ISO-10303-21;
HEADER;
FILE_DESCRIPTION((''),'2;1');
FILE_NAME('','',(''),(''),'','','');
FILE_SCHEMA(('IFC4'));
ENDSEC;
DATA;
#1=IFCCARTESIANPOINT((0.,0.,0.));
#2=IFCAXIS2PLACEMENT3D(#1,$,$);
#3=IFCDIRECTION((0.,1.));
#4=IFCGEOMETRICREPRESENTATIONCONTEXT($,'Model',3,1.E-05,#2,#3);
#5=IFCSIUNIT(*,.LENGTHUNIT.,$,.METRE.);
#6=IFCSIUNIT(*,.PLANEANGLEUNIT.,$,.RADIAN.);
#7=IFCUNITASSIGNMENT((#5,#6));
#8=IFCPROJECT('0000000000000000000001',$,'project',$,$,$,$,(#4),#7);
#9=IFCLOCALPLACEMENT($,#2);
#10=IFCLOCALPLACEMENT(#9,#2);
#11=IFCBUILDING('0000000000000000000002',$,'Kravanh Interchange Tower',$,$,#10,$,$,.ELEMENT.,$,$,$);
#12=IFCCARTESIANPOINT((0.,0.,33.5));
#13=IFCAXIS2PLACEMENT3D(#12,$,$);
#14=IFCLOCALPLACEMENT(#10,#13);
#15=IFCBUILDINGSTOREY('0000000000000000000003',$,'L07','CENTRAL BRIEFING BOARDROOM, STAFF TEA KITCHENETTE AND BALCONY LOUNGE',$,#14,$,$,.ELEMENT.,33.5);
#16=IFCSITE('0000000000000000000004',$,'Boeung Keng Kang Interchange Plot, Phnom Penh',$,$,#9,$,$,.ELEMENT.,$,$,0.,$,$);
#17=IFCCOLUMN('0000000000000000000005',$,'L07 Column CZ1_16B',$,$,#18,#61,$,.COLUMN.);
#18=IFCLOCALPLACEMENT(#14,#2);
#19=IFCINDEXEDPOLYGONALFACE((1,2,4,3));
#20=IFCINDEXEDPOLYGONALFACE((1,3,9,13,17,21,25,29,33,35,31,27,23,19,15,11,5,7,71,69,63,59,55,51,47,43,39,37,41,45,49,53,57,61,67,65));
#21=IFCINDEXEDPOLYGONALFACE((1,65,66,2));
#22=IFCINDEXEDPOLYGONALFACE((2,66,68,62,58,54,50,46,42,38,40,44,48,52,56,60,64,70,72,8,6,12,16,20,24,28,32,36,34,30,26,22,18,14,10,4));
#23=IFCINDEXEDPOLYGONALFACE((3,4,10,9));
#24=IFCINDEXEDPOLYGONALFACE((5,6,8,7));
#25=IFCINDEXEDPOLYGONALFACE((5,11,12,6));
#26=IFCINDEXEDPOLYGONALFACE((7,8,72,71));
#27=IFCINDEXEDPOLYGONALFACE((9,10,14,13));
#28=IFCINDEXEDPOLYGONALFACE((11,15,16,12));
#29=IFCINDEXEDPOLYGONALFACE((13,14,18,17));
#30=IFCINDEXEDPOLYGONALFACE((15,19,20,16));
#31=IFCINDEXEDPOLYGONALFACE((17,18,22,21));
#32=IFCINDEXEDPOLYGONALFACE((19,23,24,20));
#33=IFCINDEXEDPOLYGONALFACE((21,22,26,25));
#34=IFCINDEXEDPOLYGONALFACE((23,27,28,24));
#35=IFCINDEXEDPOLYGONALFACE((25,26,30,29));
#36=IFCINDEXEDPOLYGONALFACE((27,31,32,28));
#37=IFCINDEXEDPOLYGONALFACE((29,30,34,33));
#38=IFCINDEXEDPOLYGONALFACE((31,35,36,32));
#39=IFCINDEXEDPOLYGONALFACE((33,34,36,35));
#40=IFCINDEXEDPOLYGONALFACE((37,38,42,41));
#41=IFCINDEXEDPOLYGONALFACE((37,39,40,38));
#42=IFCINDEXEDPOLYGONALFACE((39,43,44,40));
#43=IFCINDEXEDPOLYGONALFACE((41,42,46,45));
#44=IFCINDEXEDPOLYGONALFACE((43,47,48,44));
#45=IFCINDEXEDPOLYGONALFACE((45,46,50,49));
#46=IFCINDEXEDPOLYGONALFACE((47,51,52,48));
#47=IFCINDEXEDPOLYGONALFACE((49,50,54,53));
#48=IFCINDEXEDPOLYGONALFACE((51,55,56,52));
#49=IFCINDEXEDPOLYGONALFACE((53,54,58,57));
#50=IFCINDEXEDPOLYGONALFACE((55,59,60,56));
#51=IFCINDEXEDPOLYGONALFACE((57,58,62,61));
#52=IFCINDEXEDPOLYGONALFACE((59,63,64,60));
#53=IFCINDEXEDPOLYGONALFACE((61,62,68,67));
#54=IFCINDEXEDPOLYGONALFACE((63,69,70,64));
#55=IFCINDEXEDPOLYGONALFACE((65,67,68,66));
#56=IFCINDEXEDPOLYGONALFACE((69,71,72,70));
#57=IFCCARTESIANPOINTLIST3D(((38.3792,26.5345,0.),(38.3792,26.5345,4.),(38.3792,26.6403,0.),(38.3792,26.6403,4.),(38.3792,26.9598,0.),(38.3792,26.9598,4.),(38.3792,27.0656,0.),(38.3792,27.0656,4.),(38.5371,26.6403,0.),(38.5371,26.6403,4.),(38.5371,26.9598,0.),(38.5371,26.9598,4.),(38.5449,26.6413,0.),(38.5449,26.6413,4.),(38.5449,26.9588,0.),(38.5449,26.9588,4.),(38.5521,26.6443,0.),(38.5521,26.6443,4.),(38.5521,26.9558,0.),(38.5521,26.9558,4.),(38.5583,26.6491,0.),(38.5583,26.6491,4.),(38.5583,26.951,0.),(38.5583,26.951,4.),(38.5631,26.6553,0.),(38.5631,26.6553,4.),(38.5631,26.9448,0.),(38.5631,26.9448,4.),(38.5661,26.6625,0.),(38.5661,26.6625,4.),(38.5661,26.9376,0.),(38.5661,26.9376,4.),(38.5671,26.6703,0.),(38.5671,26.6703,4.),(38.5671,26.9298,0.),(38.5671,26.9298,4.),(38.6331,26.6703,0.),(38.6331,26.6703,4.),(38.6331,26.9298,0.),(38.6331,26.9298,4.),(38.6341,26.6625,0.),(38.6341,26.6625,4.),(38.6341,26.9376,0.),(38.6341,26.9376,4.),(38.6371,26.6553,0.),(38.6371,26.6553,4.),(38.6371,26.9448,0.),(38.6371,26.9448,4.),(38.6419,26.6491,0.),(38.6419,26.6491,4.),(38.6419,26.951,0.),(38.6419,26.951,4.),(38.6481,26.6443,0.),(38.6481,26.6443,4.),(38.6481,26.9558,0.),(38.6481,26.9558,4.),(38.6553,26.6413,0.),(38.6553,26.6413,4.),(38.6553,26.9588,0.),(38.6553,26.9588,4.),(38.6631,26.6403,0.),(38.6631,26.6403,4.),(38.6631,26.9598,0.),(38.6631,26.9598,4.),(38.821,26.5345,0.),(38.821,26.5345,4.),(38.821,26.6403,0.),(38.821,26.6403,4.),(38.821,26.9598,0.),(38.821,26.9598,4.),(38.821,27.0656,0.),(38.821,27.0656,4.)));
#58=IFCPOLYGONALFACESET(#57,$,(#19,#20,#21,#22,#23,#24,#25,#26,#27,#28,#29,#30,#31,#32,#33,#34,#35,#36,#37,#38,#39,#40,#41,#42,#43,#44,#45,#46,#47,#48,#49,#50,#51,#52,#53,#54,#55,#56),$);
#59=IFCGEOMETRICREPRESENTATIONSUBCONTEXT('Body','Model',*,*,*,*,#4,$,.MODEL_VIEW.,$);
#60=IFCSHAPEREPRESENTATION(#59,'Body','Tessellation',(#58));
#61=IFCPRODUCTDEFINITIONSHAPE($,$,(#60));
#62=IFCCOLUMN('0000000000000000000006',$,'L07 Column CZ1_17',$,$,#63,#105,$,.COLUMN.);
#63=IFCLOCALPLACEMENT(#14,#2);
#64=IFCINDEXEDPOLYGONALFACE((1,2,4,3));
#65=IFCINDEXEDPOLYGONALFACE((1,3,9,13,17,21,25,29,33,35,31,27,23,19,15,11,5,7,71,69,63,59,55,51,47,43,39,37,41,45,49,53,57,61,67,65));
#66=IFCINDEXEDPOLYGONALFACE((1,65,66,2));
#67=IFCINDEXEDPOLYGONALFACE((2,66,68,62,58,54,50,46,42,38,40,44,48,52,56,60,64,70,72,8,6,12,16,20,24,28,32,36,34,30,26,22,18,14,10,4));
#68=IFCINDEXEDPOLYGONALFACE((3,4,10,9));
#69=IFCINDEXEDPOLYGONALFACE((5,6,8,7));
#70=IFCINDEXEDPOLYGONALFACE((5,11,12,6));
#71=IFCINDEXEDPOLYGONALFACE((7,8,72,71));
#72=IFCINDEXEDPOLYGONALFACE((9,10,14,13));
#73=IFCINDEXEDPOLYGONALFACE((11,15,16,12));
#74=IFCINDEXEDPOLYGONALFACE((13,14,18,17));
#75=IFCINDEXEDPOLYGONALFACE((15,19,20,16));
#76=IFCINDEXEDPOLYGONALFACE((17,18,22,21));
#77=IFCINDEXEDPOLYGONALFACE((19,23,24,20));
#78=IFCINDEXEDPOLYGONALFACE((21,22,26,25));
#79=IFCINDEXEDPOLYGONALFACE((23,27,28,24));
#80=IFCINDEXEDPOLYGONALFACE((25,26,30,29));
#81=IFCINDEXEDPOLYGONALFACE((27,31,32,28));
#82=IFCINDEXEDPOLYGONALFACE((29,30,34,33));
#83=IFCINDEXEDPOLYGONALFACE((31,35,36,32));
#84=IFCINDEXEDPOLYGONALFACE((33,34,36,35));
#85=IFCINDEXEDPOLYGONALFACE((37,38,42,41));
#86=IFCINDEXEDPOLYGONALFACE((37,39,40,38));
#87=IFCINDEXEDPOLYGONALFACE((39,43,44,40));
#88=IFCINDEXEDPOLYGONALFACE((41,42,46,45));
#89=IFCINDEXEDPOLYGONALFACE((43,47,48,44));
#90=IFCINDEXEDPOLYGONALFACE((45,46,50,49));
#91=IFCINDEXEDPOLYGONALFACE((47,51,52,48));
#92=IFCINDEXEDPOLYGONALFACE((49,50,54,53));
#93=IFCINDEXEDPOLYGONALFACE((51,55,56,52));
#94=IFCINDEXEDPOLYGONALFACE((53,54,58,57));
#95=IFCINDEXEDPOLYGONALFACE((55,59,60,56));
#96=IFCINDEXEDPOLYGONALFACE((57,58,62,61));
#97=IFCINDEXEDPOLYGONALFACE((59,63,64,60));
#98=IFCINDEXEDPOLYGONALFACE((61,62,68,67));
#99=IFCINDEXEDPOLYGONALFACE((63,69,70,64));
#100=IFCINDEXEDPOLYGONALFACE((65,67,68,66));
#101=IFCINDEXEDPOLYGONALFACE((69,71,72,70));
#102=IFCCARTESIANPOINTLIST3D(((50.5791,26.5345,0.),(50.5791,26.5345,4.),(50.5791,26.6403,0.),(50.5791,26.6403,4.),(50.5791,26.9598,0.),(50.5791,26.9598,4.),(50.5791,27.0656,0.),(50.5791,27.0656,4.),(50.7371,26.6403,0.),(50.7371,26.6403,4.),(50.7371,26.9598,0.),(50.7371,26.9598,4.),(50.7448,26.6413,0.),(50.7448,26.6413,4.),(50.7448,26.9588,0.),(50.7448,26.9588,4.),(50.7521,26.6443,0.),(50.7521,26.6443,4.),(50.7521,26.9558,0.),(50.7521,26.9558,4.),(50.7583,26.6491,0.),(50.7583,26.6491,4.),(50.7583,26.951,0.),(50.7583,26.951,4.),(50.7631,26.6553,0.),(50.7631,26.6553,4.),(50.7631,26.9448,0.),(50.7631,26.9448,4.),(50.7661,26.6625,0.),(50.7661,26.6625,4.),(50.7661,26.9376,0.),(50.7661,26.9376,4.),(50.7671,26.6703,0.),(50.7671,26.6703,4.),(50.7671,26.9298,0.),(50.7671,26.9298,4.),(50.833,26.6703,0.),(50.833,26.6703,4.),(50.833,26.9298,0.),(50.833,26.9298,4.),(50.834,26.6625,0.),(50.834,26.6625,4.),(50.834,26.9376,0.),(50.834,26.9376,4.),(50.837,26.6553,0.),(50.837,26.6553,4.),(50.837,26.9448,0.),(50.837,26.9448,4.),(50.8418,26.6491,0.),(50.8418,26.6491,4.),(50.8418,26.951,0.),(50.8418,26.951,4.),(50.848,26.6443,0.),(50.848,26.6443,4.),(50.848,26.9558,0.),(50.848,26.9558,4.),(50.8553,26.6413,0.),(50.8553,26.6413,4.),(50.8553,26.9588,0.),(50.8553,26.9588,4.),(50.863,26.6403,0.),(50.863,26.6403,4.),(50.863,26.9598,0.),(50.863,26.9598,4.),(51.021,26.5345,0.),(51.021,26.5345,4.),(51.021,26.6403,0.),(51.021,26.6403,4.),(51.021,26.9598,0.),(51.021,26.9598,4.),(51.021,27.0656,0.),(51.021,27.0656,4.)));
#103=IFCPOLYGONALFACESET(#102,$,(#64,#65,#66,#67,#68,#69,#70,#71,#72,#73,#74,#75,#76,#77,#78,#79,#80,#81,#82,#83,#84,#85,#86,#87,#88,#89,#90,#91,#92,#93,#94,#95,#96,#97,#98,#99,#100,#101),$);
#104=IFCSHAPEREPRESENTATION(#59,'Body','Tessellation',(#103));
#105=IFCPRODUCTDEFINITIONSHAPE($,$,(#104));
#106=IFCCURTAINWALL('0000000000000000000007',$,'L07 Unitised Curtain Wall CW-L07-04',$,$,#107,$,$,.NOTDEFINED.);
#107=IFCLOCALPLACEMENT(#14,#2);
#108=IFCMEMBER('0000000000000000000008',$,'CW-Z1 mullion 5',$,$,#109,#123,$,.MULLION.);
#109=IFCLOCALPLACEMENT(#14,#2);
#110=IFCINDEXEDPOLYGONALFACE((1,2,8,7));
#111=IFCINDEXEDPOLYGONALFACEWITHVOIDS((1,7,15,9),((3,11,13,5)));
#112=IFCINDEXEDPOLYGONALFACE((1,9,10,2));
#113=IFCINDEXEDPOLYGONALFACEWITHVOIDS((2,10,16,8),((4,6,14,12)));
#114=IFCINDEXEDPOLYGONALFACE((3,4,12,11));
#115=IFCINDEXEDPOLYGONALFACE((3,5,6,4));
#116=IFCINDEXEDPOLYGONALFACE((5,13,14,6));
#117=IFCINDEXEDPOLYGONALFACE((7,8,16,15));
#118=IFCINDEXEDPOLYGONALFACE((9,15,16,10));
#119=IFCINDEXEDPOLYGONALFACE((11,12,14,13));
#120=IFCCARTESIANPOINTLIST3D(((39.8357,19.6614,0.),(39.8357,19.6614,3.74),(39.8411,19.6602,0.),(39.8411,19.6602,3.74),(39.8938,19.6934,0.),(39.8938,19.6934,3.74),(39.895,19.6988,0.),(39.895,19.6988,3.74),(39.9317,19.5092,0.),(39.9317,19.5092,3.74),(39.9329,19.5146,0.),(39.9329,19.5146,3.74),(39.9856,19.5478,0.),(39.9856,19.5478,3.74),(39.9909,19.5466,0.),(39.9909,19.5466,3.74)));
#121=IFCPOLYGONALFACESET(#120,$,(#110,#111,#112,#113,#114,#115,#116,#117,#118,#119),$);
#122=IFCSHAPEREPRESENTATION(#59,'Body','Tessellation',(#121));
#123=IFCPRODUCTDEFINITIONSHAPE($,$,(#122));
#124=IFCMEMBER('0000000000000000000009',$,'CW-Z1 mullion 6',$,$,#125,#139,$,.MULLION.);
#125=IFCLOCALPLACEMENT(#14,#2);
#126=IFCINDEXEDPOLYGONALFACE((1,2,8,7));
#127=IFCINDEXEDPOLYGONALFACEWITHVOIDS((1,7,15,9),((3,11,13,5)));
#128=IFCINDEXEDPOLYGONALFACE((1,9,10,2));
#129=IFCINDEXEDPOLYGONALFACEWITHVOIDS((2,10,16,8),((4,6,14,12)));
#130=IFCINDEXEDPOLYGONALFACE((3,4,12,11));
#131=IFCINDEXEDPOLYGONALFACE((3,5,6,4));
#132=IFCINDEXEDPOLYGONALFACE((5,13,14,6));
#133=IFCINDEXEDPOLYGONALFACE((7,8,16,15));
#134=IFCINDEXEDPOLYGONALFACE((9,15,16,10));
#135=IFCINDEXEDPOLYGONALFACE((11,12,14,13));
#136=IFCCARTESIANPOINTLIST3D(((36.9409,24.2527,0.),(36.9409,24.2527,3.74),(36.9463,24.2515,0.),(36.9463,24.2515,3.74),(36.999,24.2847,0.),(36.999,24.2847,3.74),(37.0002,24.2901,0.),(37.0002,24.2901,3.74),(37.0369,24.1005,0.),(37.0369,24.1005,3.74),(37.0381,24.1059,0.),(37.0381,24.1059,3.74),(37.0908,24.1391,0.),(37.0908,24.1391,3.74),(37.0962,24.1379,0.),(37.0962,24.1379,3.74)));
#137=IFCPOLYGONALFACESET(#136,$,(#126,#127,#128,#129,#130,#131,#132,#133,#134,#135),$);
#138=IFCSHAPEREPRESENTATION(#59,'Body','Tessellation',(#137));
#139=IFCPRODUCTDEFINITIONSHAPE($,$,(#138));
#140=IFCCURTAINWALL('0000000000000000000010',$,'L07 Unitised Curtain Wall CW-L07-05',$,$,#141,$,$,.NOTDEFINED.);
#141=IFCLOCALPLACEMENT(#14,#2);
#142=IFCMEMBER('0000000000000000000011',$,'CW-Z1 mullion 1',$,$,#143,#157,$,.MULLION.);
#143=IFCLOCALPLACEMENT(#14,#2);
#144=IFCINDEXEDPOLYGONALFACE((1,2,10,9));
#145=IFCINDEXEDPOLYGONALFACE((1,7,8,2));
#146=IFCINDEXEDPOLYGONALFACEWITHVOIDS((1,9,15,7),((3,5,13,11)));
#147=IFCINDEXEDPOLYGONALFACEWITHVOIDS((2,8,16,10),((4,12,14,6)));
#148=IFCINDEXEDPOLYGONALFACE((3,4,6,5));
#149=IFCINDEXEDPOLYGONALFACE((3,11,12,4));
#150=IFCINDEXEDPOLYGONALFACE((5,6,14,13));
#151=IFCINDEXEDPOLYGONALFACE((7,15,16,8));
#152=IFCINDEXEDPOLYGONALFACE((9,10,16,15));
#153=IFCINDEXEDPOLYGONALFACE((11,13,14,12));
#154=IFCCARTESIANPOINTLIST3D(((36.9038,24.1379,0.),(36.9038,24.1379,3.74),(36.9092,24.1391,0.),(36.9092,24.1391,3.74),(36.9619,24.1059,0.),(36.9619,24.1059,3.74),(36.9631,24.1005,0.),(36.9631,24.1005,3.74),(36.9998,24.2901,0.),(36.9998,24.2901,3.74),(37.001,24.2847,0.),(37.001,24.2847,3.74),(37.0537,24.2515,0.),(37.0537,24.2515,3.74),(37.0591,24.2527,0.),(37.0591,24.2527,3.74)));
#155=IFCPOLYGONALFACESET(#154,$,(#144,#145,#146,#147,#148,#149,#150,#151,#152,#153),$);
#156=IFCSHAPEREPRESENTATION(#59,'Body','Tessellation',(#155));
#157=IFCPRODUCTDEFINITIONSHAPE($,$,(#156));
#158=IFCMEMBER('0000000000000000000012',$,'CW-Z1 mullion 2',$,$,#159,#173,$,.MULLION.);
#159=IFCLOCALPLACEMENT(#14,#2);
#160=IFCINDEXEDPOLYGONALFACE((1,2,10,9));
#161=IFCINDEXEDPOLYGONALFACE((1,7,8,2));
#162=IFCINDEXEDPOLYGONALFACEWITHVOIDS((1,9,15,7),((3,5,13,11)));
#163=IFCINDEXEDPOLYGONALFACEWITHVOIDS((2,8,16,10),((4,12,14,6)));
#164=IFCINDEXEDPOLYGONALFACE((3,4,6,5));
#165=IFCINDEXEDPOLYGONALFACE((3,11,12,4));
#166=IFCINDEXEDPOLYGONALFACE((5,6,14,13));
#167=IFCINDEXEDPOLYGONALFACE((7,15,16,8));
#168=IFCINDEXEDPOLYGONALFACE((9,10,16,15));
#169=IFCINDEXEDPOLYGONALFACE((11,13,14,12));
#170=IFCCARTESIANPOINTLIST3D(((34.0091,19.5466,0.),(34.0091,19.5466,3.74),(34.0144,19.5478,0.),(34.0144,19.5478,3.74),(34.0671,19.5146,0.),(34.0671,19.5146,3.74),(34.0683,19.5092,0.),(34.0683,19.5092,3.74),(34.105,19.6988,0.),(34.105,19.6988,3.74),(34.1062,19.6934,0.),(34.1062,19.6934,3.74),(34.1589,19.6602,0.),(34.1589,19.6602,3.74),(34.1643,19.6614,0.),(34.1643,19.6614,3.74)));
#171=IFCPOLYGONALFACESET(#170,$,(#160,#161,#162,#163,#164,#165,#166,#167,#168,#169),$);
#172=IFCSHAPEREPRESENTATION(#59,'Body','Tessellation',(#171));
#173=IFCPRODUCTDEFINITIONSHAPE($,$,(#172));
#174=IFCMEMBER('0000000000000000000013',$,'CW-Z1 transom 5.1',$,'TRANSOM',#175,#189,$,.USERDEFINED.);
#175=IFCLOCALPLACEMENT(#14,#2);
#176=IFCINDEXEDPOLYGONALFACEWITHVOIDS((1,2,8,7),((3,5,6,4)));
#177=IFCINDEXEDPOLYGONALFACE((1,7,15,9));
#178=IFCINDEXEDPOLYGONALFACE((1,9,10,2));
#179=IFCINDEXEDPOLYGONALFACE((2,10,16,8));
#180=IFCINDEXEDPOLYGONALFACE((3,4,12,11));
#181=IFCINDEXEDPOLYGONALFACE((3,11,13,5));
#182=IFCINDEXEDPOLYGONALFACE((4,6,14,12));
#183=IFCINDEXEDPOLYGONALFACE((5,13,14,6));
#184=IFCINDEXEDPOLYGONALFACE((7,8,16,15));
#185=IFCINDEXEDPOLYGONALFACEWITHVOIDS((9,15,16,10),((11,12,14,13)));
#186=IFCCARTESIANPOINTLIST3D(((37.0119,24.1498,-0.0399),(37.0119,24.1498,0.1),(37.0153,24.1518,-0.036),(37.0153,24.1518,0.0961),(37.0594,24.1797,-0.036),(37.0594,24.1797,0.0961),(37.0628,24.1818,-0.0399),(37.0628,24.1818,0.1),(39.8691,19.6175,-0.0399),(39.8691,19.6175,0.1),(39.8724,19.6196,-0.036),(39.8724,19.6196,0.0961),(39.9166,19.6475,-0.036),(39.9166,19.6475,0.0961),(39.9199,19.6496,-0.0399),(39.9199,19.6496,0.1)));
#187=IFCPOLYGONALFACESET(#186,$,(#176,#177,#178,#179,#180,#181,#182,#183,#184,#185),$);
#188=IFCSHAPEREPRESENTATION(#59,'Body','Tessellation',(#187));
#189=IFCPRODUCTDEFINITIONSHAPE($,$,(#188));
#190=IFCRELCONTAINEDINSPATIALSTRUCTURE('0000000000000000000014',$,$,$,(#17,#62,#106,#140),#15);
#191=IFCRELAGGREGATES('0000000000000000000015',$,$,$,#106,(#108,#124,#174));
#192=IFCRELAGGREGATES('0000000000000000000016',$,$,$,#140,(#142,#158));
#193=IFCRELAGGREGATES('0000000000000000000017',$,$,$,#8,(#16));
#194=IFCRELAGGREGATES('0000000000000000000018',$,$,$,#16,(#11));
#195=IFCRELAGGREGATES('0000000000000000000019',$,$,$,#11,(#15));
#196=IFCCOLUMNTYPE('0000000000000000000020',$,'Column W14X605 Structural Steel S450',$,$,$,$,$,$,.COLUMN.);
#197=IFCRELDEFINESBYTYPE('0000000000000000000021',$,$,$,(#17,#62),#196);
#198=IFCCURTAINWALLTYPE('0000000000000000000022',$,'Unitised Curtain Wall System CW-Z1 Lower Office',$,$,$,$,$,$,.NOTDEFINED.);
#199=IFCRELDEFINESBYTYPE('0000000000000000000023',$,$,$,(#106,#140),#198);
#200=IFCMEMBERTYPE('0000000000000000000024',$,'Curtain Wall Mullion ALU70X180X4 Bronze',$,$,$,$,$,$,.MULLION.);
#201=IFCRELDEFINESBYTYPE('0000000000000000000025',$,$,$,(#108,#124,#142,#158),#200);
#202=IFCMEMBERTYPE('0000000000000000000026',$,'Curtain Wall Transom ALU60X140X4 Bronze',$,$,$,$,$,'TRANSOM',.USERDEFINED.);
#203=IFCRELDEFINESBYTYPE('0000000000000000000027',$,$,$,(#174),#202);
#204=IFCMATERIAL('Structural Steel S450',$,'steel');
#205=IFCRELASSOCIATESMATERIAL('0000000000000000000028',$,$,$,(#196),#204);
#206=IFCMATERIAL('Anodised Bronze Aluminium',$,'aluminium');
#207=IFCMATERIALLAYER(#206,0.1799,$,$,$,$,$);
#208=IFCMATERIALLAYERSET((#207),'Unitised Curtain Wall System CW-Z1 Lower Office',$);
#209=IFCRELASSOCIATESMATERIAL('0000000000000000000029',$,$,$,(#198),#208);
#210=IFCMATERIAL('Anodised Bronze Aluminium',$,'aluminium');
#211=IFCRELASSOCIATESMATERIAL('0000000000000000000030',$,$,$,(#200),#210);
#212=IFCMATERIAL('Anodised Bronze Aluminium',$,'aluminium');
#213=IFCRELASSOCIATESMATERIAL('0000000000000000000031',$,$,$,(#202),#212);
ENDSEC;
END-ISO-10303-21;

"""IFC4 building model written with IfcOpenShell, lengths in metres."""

from ifc_helpers import new_model, si_unit, direction, frame, origin, origin_2d, place, context, subcontext, project, spatial, hollow_rectangle, i_section, extrude, material, layer, layer_set, material_profile, profile_set, type_object, element, aggregate, save


model = new_model("IFC4")

# Units and contexts
model_context = context("Model", 3, precision=1e-05, world=origin(), true_north=direction((0.0, 1.0)))
body_context = subcontext(model_context, "Body", "Model", "MODEL_VIEW")
ifc_project = project(units=[si_unit("LENGTHUNIT", "METRE"), si_unit("PLANEANGLEUNIT", "RADIAN")], contexts=[model_context])

# Site, building, storey
site_placement = place(None, origin())
site = spatial("IfcSite", under=ifc_project, at=site_placement, Name="Boeung Keng Kang Interchange Plot, Phnom Penh", CompositionType="ELEMENT", RefElevation=0.0)
building_placement = place(site_placement, origin())
building = spatial("IfcBuilding", under=site, at=building_placement, Name="Kravanh Interchange Tower", CompositionType="ELEMENT")
storey_placement = place(building_placement, frame((0.0, 0.0, 33.5)))
storey = spatial("IfcBuildingStorey", under=building, at=storey_placement, Name="L07", Description="CENTRAL BRIEFING BOARDROOM, STAFF TEA KITCHENETTE AND BALCONY LOUNGE", CompositionType="ELEMENT", Elevation=33.5)

# Columns
ifc_material_1 = material(Name="Structural Steel S450", Category="steel")
ifc_material_profile_1 = material_profile(ifc_material_1, i_section(OverallWidth=0.4419, OverallDepth=0.531, WebThickness=0.0659, FlangeThickness=0.1057, FilletRadius=0.03, at=origin_2d()), Name="W14X605")
ifc_profile_set_1 = profile_set([ifc_material_profile_1], Name="Structural Steel S450")
column_type = type_object("IfcColumnType", Name="Column W14X605 Structural Steel S450", PredefinedType="COLUMN", material=ifc_profile_set_1)
for number, where, z_axis, x_axis, name in (
    (1, (38.6001, 26.8, 0.0), (0.0, 0.0, 1.0), (1.0, 0.0, 0.0), "L07 Column CZ1_16B"),
    (2, (50.8, 26.8, 0.0), (0.0, 0.0, 1.0), (1.0, 0.0, 0.0), "L07 Column CZ1_17"),
):
    element("IfcColumn", number, at=place(storey_placement, frame(where, z_axis=z_axis, x_axis=x_axis)), inside=storey, type_object=column_type, Name=name, PredefinedType="COLUMN", context=body_context, shape_type="SweptSolid", body=[
        extrude(i_section(OverallWidth=0.4419, OverallDepth=0.531, WebThickness=0.0659, FlangeThickness=0.1057, FilletRadius=0.03, at=origin_2d()), origin(), (0.0, 0.0, 1.0), 4.0),
    ])

# Curtain walls, members
ifc_material_2 = material(Name="Anodised Bronze Aluminium", Category="aluminium")
ifc_layer_1 = layer(ifc_material_2, 0.1799)
ifc_layer_set_1 = layer_set([ifc_layer_1], Name="Unitised Curtain Wall System CW-Z1 Lower Office")
curtain_wall_type = type_object("IfcCurtainWallType", Name="Unitised Curtain Wall System CW-Z1 Lower Office", PredefinedType="NOTDEFINED", material=ifc_layer_set_1)
curtain_wall_1_placement = place(storey_placement, origin())
curtain_wall_1 = element("IfcCurtainWall", 3, at=curtain_wall_1_placement, inside=storey, type_object=curtain_wall_type, Name="L07 Unitised Curtain Wall CW-L07-04", PredefinedType="NOTDEFINED")
ifc_material_3 = material(Name="Anodised Bronze Aluminium", Category="aluminium")
ifc_material_profile_2 = material_profile(ifc_material_3, hollow_rectangle(XDim=0.0701, YDim=0.1799, WallThickness=0.0039, at=origin_2d()), Name="ALU70X180X4")
ifc_profile_set_2 = profile_set([ifc_material_profile_2], Name="Anodised Bronze Aluminium")
member_type_1 = type_object("IfcMemberType", Name="Curtain Wall Mullion ALU70X180X4 Bronze", PredefinedType="MULLION", material=ifc_profile_set_2)
member_1_placement = place(storey_placement, frame((39.9133, 19.604, 0.0), z_axis=(0.0, 0.0, 1.0), x_axis=(-0.845926, -0.533301, 0.0)))
member_1 = element("IfcMember", 4, at=member_1_placement, type_object=member_type_1, Name="CW-Z1 mullion 5", PredefinedType="MULLION", context=body_context, shape_type="SweptSolid", body=[
    extrude(hollow_rectangle(XDim=0.0701, YDim=0.1799, WallThickness=0.0039, at=origin_2d()), origin(), (0.0, 0.0, 1.0), 3.74),
])
member_2_placement = place(storey_placement, frame((37.0186, 24.1953, 0.0), z_axis=(0.0, 0.0, 1.0), x_axis=(-0.845926, -0.533301, 0.0)))
member_2 = element("IfcMember", 5, at=member_2_placement, type_object=member_type_1, Name="CW-Z1 mullion 6", PredefinedType="MULLION", context=body_context, shape_type="SweptSolid", body=[
    extrude(hollow_rectangle(XDim=0.0701, YDim=0.1799, WallThickness=0.0039, at=origin_2d()), origin(), (0.0, 0.0, 1.0), 3.74),
])
curtain_wall_2_placement = place(storey_placement, origin())
curtain_wall_2 = element("IfcCurtainWall", 6, at=curtain_wall_2_placement, inside=storey, type_object=curtain_wall_type, Name="L07 Unitised Curtain Wall CW-L07-05", PredefinedType="NOTDEFINED")
member_3_placement = place(storey_placement, frame((36.9814, 24.1953, 0.0), z_axis=(0.0, 0.0, 1.0), x_axis=(0.845926, -0.533301, 0.0)))
member_3 = element("IfcMember", 7, at=member_3_placement, type_object=member_type_1, Name="CW-Z1 mullion 1", PredefinedType="MULLION", context=body_context, shape_type="SweptSolid", body=[
    extrude(hollow_rectangle(XDim=0.0701, YDim=0.1799, WallThickness=0.0039, at=origin_2d()), origin(), (0.0, 0.0, 1.0), 3.74),
])
member_4_placement = place(storey_placement, frame((34.0867, 19.604, 0.0), z_axis=(0.0, 0.0, 1.0), x_axis=(0.845926, -0.533301, 0.0)))
member_4 = element("IfcMember", 8, at=member_4_placement, type_object=member_type_1, Name="CW-Z1 mullion 2", PredefinedType="MULLION", context=body_context, shape_type="SweptSolid", body=[
    extrude(hollow_rectangle(XDim=0.0701, YDim=0.1799, WallThickness=0.0039, at=origin_2d()), origin(), (0.0, 0.0, 1.0), 3.74),
])

# Member
ifc_material_4 = material(Name="Anodised Bronze Aluminium", Category="aluminium")
ifc_material_profile_3 = material_profile(ifc_material_4, hollow_rectangle(XDim=0.0601, YDim=0.1399, WallThickness=0.0039, at=origin_2d()), Name="ALU60X140X4")
ifc_profile_set_3 = profile_set([ifc_material_profile_3], Name="Anodised Bronze Aluminium")
member_type_2 = type_object("IfcMemberType", Name="Curtain Wall Transom ALU60X140X4 Bronze", ElementType="TRANSOM", PredefinedType="USERDEFINED", material=ifc_profile_set_3)
member_5_placement = place(storey_placement, frame((39.8945, 19.6335, 0.03), z_axis=(-0.533288, 0.845934, 0.0), x_axis=(-0.845934, -0.533288, 0.0)))
member_5 = element("IfcMember", 9, at=member_5_placement, type_object=member_type_2, Name="CW-Z1 transom 5.1", ObjectType="TRANSOM", PredefinedType="USERDEFINED", context=body_context, shape_type="SweptSolid", body=[
    extrude(hollow_rectangle(XDim=0.0601, YDim=0.1399, WallThickness=0.0039, at=origin_2d()), origin(), (0.0, 0.0, 1.0), 5.3577),
])

aggregate(curtain_wall_1, [member_1, member_2, member_5])
aggregate(curtain_wall_2, [member_3, member_4])

save(model, "model.ifc")
